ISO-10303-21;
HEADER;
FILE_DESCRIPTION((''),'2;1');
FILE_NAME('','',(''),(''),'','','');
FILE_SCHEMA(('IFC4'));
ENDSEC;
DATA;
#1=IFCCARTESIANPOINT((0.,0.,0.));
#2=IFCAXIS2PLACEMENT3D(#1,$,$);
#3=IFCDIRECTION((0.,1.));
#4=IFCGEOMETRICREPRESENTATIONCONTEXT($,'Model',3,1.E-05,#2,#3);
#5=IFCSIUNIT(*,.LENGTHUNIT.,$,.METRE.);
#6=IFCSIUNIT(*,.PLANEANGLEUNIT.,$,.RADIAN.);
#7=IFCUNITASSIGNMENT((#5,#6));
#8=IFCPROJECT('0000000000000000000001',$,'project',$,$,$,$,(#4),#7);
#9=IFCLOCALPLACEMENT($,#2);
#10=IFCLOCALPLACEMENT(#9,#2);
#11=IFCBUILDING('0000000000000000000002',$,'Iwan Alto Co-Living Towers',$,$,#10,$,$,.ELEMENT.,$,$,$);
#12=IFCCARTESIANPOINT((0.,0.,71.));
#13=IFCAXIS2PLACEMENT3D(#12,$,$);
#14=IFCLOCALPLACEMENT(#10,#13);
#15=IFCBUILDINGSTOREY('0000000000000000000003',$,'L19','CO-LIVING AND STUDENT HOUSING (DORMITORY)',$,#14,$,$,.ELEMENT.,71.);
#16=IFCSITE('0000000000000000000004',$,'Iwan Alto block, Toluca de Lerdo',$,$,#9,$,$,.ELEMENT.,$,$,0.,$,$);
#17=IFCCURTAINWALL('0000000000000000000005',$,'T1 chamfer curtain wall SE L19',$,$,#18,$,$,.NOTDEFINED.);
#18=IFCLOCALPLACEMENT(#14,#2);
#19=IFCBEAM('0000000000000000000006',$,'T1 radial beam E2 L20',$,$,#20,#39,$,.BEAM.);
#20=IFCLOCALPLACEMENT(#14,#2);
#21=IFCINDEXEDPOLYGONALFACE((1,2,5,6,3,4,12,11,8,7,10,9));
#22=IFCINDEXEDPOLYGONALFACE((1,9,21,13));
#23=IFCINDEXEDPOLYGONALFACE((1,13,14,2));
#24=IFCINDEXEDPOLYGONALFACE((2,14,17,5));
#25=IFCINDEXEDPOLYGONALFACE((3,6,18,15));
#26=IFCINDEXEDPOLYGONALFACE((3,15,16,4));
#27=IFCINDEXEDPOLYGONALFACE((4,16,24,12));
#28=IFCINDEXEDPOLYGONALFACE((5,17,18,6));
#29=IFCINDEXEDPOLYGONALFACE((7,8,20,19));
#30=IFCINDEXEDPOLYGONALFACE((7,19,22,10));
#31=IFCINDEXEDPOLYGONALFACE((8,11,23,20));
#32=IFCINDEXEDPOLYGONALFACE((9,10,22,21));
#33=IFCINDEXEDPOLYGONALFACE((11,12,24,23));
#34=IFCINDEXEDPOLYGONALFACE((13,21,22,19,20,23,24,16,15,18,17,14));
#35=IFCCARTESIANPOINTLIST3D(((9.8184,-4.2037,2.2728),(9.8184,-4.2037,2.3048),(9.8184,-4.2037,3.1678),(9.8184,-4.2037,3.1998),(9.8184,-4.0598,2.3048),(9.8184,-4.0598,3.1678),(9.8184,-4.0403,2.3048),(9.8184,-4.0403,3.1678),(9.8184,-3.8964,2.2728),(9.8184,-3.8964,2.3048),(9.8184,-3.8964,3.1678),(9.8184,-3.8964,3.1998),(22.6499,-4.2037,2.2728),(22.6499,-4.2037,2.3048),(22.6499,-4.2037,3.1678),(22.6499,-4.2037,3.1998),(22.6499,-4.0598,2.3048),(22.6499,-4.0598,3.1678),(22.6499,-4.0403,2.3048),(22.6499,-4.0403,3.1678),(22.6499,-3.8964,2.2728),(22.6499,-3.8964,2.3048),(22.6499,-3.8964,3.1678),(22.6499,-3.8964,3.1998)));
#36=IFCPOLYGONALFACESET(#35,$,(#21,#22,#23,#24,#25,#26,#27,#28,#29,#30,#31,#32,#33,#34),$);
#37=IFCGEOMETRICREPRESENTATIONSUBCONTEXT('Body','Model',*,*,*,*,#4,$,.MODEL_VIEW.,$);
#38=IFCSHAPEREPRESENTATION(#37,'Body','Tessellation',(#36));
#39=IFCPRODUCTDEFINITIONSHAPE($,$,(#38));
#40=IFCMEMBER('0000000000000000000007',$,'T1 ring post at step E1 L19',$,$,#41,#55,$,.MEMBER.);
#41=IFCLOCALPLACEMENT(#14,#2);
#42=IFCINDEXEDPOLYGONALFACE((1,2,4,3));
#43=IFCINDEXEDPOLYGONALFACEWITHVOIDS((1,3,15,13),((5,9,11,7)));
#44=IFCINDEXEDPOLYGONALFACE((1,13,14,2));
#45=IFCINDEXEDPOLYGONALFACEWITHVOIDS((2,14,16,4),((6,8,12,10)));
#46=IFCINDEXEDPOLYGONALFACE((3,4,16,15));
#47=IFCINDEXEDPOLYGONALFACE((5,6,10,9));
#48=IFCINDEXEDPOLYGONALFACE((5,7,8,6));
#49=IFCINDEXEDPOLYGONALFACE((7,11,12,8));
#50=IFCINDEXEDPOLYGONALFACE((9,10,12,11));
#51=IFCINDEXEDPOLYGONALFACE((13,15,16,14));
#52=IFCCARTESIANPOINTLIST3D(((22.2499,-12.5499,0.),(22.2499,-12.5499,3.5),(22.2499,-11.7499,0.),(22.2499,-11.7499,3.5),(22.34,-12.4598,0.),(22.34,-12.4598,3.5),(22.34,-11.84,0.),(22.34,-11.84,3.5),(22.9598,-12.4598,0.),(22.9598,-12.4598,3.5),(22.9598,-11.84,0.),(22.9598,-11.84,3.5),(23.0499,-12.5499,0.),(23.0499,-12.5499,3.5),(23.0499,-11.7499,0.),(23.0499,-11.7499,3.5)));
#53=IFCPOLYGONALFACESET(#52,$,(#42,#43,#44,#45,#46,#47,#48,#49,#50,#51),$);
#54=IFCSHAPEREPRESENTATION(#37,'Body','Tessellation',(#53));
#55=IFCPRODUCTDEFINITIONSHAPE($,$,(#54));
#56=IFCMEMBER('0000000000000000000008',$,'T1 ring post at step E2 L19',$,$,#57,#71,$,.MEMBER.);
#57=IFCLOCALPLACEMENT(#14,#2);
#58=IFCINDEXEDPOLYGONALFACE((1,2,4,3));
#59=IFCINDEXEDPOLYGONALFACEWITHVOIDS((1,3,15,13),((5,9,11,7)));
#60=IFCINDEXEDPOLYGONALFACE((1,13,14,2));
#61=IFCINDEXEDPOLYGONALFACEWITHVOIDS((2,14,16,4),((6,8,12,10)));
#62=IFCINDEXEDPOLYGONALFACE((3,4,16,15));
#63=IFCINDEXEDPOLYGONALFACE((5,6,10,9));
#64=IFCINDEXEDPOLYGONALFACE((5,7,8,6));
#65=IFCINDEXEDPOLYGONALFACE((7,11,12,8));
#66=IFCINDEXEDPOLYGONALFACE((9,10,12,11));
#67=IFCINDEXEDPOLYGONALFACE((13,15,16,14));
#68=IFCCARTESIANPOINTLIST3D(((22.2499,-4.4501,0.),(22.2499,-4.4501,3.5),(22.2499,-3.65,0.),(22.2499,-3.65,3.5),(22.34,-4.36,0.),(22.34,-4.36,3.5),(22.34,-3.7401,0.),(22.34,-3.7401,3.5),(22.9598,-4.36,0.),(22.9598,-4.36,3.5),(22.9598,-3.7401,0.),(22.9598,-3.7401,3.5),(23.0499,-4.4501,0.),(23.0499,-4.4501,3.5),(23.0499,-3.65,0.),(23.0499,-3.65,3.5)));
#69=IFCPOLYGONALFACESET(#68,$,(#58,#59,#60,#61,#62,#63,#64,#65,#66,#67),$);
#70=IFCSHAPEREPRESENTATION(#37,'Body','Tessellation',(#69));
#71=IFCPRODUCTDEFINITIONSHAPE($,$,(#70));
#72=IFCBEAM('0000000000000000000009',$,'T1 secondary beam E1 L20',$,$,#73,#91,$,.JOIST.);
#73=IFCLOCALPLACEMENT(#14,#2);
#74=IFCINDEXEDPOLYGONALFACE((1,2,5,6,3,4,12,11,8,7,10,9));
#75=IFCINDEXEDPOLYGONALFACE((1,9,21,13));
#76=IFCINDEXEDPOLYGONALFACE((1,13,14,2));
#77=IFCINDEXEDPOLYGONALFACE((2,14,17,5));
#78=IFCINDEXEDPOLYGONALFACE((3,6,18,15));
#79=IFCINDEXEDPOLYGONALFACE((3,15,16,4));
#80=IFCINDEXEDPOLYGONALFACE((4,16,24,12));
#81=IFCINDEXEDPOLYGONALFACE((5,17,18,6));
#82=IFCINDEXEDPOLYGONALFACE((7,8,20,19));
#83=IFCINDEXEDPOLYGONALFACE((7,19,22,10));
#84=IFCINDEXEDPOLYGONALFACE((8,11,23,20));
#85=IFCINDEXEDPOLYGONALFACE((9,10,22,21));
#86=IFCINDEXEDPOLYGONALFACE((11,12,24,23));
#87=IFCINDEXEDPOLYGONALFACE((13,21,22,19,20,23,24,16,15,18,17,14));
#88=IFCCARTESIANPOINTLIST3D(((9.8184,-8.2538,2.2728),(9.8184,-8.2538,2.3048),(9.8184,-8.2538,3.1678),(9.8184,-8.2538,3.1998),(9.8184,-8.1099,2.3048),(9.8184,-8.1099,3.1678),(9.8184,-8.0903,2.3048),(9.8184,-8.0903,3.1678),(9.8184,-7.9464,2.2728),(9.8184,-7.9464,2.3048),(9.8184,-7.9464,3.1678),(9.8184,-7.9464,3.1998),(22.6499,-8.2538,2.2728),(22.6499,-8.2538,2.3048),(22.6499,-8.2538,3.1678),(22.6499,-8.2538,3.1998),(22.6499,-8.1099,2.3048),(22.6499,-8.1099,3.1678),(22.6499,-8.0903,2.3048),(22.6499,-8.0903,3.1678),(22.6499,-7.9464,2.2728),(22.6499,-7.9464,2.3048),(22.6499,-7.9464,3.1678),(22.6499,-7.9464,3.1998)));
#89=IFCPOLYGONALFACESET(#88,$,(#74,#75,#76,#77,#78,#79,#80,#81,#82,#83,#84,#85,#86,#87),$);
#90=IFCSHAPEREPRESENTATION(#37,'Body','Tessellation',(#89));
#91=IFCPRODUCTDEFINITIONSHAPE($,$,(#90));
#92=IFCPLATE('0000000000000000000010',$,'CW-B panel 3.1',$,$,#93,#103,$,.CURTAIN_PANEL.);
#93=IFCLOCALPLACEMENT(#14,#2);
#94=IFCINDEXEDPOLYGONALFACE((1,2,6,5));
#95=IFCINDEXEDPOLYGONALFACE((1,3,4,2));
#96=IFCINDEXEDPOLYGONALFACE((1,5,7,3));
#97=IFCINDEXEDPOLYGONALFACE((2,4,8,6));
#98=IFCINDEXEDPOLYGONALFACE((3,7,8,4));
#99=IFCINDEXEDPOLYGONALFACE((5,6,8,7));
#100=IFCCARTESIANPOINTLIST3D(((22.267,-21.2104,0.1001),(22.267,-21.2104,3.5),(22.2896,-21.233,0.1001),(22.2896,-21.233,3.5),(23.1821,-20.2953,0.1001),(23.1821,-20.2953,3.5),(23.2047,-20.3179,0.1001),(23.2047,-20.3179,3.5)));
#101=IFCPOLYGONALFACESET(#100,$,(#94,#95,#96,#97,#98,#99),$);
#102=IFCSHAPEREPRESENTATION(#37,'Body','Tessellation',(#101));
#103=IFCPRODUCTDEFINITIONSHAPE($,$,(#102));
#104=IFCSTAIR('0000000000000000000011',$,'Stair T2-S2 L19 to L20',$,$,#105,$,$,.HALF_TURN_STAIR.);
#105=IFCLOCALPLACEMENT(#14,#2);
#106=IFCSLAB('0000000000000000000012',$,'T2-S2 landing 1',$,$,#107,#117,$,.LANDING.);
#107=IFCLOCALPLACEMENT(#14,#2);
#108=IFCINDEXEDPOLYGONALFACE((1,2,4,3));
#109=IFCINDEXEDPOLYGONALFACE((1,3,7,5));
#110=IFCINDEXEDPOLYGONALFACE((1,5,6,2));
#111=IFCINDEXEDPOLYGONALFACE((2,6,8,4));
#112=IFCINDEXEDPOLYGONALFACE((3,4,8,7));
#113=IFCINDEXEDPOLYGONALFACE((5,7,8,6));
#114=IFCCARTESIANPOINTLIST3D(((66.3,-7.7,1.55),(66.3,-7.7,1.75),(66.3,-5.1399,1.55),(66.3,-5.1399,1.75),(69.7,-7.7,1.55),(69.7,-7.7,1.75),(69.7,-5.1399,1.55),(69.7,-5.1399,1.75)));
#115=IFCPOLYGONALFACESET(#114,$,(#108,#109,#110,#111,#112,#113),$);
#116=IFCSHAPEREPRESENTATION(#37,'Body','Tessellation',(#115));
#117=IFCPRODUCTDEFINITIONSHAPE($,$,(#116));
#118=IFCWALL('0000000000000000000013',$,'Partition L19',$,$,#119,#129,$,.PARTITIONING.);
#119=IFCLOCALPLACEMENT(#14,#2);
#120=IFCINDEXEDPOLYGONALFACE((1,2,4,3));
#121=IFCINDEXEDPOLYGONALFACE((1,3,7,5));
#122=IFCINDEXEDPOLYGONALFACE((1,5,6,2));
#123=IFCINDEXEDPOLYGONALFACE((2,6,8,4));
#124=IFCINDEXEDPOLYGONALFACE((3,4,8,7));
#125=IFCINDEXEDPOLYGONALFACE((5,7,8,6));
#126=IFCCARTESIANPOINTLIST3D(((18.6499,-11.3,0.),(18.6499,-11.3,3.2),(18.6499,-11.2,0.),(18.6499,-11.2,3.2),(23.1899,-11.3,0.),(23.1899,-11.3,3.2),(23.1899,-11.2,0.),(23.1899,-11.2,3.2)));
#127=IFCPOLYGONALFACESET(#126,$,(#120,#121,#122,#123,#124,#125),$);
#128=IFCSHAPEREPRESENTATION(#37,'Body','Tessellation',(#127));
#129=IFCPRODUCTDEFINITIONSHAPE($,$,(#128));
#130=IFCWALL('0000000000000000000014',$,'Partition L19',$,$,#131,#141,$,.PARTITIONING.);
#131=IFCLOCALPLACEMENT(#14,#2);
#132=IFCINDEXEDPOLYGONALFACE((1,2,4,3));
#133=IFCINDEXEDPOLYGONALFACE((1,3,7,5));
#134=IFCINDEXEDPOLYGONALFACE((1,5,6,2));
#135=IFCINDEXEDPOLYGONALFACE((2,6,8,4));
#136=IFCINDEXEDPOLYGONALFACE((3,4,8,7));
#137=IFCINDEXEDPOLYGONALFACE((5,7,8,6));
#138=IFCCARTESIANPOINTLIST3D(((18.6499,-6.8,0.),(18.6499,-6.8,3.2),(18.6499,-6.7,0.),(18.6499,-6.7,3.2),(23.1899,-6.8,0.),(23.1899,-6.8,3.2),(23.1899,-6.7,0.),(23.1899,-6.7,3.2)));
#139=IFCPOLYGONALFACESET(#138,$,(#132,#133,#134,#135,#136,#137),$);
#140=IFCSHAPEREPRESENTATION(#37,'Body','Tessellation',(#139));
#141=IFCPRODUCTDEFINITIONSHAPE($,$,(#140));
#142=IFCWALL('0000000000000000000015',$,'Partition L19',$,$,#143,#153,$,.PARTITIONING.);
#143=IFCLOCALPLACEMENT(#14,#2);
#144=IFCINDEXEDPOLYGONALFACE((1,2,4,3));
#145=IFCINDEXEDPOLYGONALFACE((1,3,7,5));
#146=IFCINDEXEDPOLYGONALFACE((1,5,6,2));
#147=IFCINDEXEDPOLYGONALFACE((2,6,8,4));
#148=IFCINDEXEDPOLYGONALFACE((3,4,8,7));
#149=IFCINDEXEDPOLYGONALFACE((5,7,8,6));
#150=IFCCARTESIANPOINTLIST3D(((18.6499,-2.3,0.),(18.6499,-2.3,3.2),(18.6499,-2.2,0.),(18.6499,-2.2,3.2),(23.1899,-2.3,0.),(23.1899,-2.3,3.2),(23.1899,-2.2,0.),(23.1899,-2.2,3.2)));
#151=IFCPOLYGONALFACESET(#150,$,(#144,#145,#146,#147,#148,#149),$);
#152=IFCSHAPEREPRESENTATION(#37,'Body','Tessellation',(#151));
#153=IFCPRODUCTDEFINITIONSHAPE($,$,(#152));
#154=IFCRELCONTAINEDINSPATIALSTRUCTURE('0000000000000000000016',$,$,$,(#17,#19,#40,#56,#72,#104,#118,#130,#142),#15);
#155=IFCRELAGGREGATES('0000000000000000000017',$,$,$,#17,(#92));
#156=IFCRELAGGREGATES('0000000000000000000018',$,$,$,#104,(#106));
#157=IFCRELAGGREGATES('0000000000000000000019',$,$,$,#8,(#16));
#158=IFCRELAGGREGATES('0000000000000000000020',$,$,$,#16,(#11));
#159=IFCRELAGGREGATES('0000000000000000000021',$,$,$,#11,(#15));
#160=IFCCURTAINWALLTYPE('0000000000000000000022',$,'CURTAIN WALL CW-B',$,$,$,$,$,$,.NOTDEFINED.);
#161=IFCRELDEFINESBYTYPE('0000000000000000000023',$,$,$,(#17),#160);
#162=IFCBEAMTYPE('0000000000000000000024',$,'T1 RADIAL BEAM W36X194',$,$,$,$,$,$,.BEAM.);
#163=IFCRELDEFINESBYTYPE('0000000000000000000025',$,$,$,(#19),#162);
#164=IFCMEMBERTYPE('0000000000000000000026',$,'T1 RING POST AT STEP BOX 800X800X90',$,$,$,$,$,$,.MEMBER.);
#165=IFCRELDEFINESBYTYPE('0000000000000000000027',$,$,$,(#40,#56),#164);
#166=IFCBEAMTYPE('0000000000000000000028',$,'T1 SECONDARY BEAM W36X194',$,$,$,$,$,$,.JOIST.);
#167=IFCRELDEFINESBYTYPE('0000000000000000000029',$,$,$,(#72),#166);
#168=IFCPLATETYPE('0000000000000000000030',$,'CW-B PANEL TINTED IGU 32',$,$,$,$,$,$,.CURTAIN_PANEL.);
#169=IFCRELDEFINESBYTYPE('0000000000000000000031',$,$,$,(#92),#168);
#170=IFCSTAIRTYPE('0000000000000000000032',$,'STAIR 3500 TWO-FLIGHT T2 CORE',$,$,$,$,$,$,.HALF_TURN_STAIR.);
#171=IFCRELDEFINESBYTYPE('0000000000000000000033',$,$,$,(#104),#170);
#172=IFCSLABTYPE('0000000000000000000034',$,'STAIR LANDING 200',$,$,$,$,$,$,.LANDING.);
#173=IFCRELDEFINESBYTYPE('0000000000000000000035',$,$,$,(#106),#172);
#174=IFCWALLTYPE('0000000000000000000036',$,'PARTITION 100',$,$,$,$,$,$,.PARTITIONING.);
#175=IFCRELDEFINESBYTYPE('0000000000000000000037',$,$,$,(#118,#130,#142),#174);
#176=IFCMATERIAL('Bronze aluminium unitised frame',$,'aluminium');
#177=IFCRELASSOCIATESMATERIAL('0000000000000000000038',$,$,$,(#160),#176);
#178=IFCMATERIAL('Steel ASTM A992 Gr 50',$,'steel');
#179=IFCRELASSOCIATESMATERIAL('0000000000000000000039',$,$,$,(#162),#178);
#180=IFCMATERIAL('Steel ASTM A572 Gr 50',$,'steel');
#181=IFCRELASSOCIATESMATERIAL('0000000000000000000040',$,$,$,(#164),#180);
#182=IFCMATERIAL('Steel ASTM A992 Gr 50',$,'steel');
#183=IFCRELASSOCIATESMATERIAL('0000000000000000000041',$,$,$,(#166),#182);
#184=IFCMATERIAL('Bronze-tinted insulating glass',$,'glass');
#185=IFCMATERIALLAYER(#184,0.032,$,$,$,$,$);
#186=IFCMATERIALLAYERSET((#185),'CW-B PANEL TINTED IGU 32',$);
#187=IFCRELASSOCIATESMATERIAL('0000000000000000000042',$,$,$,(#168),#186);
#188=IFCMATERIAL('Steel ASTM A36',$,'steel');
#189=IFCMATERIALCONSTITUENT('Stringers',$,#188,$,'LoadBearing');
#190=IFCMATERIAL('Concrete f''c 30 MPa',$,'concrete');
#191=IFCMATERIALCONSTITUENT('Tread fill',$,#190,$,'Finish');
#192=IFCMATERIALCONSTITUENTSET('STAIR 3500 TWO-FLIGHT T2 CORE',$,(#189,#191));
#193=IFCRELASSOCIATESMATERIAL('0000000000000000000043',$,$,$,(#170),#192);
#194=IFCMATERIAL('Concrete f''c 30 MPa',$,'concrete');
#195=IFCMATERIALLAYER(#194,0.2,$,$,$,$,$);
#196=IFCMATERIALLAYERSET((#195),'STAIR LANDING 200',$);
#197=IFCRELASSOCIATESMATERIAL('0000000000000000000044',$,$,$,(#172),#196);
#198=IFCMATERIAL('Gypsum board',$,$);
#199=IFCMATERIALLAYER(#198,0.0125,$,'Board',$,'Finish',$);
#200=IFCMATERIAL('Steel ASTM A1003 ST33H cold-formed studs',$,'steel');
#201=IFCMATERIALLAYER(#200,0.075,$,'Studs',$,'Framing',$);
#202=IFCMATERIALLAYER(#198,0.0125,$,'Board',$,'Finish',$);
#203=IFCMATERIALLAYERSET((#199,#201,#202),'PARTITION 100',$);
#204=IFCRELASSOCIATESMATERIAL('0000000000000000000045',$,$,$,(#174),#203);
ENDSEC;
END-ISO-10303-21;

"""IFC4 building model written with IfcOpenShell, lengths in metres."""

from ifc_helpers import new_model, si_unit, direction, frame, frame_2d, origin, origin_2d, place, context, subcontext, project, spatial, polyline, rectangle, hollow_rectangle, i_section, outline, extrude, material, layer, layer_set, constituent, constituent_set, material_profile, profile_set, type_object, element, aggregate, save


model = new_model("IFC4")

# Units and contexts
model_context = context("Model", 3, precision=1e-05, world=origin(), true_north=direction((0.0, 1.0)))
body_context = subcontext(model_context, "Body", "Model", "MODEL_VIEW")
ifc_project = project(units=[si_unit("LENGTHUNIT", "METRE"), si_unit("PLANEANGLEUNIT", "RADIAN")], contexts=[model_context])

# Site, building, storey
site_placement = place(None, origin())
site = spatial("IfcSite", under=ifc_project, at=site_placement, Name="Iwan Alto block, Toluca de Lerdo", CompositionType="ELEMENT", RefElevation=0.0)
building_placement = place(site_placement, origin())
building = spatial("IfcBuilding", under=site, at=building_placement, Name="Iwan Alto Co-Living Towers", CompositionType="ELEMENT")
storey_placement = place(building_placement, frame((0.0, 0.0, 71.0)))
storey = spatial("IfcBuildingStorey", under=building, at=storey_placement, Name="L19", Description="CO-LIVING AND STUDENT HOUSING (DORMITORY)", CompositionType="ELEMENT", Elevation=71.0)

# Curtain wall
ifc_material_1 = material(Name="Bronze aluminium unitised frame", Category="aluminium")
curtain_wall_type = type_object("IfcCurtainWallType", Name="CURTAIN WALL CW-B", PredefinedType="NOTDEFINED", material=ifc_material_1)
curtain_wall_placement = place(storey_placement, origin())
curtain_wall = element("IfcCurtainWall", 1, at=curtain_wall_placement, inside=storey, type_object=curtain_wall_type, Name="T1 chamfer curtain wall SE L19", PredefinedType="NOTDEFINED")

# Beam
ifc_material_2 = material(Name="Steel ASTM A992 Gr 50", Category="steel")
ifc_material_profile_1 = material_profile(ifc_material_2, i_section(OverallWidth=0.3074, OverallDepth=0.927, WebThickness=0.0195, FlangeThickness=0.032, at=origin_2d()), Name="W36X194")
ifc_profile_set_1 = profile_set([ifc_material_profile_1], Name="Steel ASTM A992 Gr 50")
beam_type_1 = type_object("IfcBeamType", Name="T1 RADIAL BEAM W36X194", PredefinedType="BEAM", material=ifc_profile_set_1)
beam_1_placement = place(storey_placement, frame((22.6499, -4.05, 2.7363), z_axis=(-1.0, 0.0, 0.0), x_axis=(0.0, -1.0, 0.0)))
element("IfcBeam", 2, at=beam_1_placement, inside=storey, type_object=beam_type_1, Name="T1 radial beam E2 L20", PredefinedType="BEAM", context=body_context, shape_type="SweptSolid", body=[
    extrude(i_section(OverallWidth=0.3074, OverallDepth=0.927, WebThickness=0.0195, FlangeThickness=0.032, at=origin_2d()), origin(), (0.0, 0.0, 1.0), 12.8315),
])

# Members
ifc_material_3 = material(Name="Steel ASTM A572 Gr 50", Category="steel")
ifc_material_profile_2 = material_profile(ifc_material_3, hollow_rectangle(XDim=0.8, YDim=0.8, WallThickness=0.0901, at=origin_2d()), Name="BOX 800X800X90")
ifc_profile_set_2 = profile_set([ifc_material_profile_2], Name="Steel ASTM A572 Gr 50")
member_type_1 = type_object("IfcMemberType", Name="T1 RING POST AT STEP BOX 800X800X90", PredefinedType="MEMBER", material=ifc_profile_set_2)
for number, where, z_axis, x_axis, name in (
    (3, (22.6499, -12.1499, 0.0), (0.0, 0.0, 1.0), (1.0, 0.0, 0.0), "T1 ring post at step E1 L19"),
    (4, (22.6499, -4.05, 0.0), (0.0, 0.0, 1.0), (1.0, 0.0, 0.0), "T1 ring post at step E2 L19"),
):
    element("IfcMember", number, at=place(storey_placement, frame(where, z_axis=z_axis, x_axis=x_axis)), inside=storey, type_object=member_type_1, Name=name, PredefinedType="MEMBER", context=body_context, shape_type="SweptSolid", body=[
        extrude(hollow_rectangle(XDim=0.8, YDim=0.8, WallThickness=0.0901, at=origin_2d()), origin(), (0.0, 0.0, 1.0), 3.5),
    ])

# Beam
ifc_material_4 = material(Name="Steel ASTM A992 Gr 50", Category="steel")
ifc_material_profile_3 = material_profile(ifc_material_4, i_section(OverallWidth=0.3074, OverallDepth=0.927, WebThickness=0.0195, FlangeThickness=0.032, at=origin_2d()), Name="W36X194")
ifc_profile_set_3 = profile_set([ifc_material_profile_3], Name="Steel ASTM A992 Gr 50")
beam_type_2 = type_object("IfcBeamType", Name="T1 SECONDARY BEAM W36X194", PredefinedType="JOIST", material=ifc_profile_set_3)
beam_2_placement = place(storey_placement, frame((22.6499, -8.1001, 2.7363), z_axis=(-1.0, 0.0, 0.0), x_axis=(0.0, -1.0, 0.0)))
element("IfcBeam", 5, at=beam_2_placement, inside=storey, type_object=beam_type_2, Name="T1 secondary beam E1 L20", PredefinedType="JOIST", context=body_context, shape_type="SweptSolid", body=[
    extrude(i_section(OverallWidth=0.3074, OverallDepth=0.927, WebThickness=0.0195, FlangeThickness=0.032, at=origin_2d()), origin(), (0.0, 0.0, 1.0), 12.8315),
])

# Plate
ifc_material_5 = material(Name="Bronze-tinted insulating glass", Category="glass")
ifc_layer_1 = layer(ifc_material_5, 0.032)
ifc_layer_set_1 = layer_set([ifc_layer_1], Name="CW-B PANEL TINTED IGU 32")
plate_type = type_object("IfcPlateType", Name="CW-B PANEL TINTED IGU 32", PredefinedType="CURTAIN_PANEL", material=ifc_layer_set_1)
plate_placement = place(storey_placement, frame((22.7358, -20.7642, 0.1001), z_axis=(0.0, 0.0, 1.0), x_axis=(0.707107, 0.707107, 0.0)))
plate = element("IfcPlate", 6, at=plate_placement, type_object=plate_type, Name="CW-B panel 3.1", PredefinedType="CURTAIN_PANEL", context=body_context, shape_type="SweptSolid", body=[
    extrude(rectangle(XDim=1.2942, YDim=0.032, at=origin_2d()), origin(), (0.0, 0.0, 1.0), 3.3999),
])
aggregate(curtain_wall, [plate])

# Stair, slab
ifc_material_6 = material(Name="Steel ASTM A36", Category="steel")
ifc_constituent_1 = constituent(ifc_material_6, Name="Stringers", Category="LoadBearing")
ifc_material_7 = material(Name="Concrete f'c 30 MPa", Category="concrete")
ifc_constituent_2 = constituent(ifc_material_7, Name="Tread fill", Category="Finish")
ifc_constituent_set_1 = constituent_set(constituents=[ifc_constituent_1, ifc_constituent_2], Name="STAIR 3500 TWO-FLIGHT T2 CORE")
stair_type_1 = type_object("IfcStairType", Name="STAIR 3500 TWO-FLIGHT T2 CORE", PredefinedType="HALF_TURN_STAIR", material=ifc_constituent_set_1)
stair_1_placement = place(storey_placement, origin())
stair_1 = element("IfcStair", 7, at=stair_1_placement, inside=storey, type_object=stair_type_1, Name="Stair T2-S2 L19 to L20", PredefinedType="HALF_TURN_STAIR")
ifc_material_8 = material(Name="Concrete f'c 30 MPa", Category="concrete")
ifc_layer_2 = layer(ifc_material_8, 0.2)
ifc_layer_set_2 = layer_set([ifc_layer_2], Name="STAIR LANDING 200")
slab_type = type_object("IfcSlabType", Name="STAIR LANDING 200", PredefinedType="LANDING", material=ifc_layer_set_2)
slab_placement = place(storey_placement, frame((0.0, 0.0, 1.55)))
slab = element("IfcSlab", 8, at=slab_placement, type_object=slab_type, Name="T2-S2 landing 1", PredefinedType="LANDING", context=body_context, shape_type="SweptSolid", body=[
    extrude(outline(polyline([(66.3, -5.1399), (66.3, -7.7), (69.7, -7.7), (69.7, -5.1399), (66.3, -5.1399)])), origin(), (0.0, 0.0, 1.0), 0.2),
])
aggregate(stair_1, [slab])

# Walls
ifc_material_9 = material(Name="Gypsum board")
ifc_layer_3 = layer(ifc_material_9, 0.0125, Name="Board", Category="Finish")
ifc_material_10 = material(Name="Steel ASTM A1003 ST33H cold-formed studs", Category="steel")
ifc_layer_4 = layer(ifc_material_10, 0.075, Name="Studs", Category="Framing")
ifc_layer_5 = layer(ifc_material_9, 0.0125, Name="Board", Category="Finish")
ifc_layer_set_3 = layer_set([ifc_layer_3, ifc_layer_4, ifc_layer_5], Name="PARTITION 100")
wall_type = type_object("IfcWallType", Name="PARTITION 100", PredefinedType="PARTITIONING", material=ifc_layer_set_3)
for number, where, z_axis, x_axis, name in (
    (9, (18.6499, -11.25, 0.0), (0.0, 0.0, 1.0), (1.0, 0.0, 0.0), "Partition L19"),
    (10, (18.6499, -6.75, 0.0), (0.0, 0.0, 1.0), (1.0, 0.0, 0.0), "Partition L19"),
    (11, (18.6499, -2.25, 0.0), (0.0, 0.0, 1.0), (1.0, 0.0, 0.0), "Partition L19"),
):
    element("IfcWall", number, at=place(storey_placement, frame(where, z_axis=z_axis, x_axis=x_axis)), inside=storey, type_object=wall_type, Name=name, PredefinedType="PARTITIONING", context=body_context, shape_type="SweptSolid", body=[
        extrude(rectangle(XDim=4.54, YDim=0.1001, at=frame_2d((2.27, 0.0))), origin(), (0.0, 0.0, 1.0), 3.2),
    ])

save(model, "model.ifc")
